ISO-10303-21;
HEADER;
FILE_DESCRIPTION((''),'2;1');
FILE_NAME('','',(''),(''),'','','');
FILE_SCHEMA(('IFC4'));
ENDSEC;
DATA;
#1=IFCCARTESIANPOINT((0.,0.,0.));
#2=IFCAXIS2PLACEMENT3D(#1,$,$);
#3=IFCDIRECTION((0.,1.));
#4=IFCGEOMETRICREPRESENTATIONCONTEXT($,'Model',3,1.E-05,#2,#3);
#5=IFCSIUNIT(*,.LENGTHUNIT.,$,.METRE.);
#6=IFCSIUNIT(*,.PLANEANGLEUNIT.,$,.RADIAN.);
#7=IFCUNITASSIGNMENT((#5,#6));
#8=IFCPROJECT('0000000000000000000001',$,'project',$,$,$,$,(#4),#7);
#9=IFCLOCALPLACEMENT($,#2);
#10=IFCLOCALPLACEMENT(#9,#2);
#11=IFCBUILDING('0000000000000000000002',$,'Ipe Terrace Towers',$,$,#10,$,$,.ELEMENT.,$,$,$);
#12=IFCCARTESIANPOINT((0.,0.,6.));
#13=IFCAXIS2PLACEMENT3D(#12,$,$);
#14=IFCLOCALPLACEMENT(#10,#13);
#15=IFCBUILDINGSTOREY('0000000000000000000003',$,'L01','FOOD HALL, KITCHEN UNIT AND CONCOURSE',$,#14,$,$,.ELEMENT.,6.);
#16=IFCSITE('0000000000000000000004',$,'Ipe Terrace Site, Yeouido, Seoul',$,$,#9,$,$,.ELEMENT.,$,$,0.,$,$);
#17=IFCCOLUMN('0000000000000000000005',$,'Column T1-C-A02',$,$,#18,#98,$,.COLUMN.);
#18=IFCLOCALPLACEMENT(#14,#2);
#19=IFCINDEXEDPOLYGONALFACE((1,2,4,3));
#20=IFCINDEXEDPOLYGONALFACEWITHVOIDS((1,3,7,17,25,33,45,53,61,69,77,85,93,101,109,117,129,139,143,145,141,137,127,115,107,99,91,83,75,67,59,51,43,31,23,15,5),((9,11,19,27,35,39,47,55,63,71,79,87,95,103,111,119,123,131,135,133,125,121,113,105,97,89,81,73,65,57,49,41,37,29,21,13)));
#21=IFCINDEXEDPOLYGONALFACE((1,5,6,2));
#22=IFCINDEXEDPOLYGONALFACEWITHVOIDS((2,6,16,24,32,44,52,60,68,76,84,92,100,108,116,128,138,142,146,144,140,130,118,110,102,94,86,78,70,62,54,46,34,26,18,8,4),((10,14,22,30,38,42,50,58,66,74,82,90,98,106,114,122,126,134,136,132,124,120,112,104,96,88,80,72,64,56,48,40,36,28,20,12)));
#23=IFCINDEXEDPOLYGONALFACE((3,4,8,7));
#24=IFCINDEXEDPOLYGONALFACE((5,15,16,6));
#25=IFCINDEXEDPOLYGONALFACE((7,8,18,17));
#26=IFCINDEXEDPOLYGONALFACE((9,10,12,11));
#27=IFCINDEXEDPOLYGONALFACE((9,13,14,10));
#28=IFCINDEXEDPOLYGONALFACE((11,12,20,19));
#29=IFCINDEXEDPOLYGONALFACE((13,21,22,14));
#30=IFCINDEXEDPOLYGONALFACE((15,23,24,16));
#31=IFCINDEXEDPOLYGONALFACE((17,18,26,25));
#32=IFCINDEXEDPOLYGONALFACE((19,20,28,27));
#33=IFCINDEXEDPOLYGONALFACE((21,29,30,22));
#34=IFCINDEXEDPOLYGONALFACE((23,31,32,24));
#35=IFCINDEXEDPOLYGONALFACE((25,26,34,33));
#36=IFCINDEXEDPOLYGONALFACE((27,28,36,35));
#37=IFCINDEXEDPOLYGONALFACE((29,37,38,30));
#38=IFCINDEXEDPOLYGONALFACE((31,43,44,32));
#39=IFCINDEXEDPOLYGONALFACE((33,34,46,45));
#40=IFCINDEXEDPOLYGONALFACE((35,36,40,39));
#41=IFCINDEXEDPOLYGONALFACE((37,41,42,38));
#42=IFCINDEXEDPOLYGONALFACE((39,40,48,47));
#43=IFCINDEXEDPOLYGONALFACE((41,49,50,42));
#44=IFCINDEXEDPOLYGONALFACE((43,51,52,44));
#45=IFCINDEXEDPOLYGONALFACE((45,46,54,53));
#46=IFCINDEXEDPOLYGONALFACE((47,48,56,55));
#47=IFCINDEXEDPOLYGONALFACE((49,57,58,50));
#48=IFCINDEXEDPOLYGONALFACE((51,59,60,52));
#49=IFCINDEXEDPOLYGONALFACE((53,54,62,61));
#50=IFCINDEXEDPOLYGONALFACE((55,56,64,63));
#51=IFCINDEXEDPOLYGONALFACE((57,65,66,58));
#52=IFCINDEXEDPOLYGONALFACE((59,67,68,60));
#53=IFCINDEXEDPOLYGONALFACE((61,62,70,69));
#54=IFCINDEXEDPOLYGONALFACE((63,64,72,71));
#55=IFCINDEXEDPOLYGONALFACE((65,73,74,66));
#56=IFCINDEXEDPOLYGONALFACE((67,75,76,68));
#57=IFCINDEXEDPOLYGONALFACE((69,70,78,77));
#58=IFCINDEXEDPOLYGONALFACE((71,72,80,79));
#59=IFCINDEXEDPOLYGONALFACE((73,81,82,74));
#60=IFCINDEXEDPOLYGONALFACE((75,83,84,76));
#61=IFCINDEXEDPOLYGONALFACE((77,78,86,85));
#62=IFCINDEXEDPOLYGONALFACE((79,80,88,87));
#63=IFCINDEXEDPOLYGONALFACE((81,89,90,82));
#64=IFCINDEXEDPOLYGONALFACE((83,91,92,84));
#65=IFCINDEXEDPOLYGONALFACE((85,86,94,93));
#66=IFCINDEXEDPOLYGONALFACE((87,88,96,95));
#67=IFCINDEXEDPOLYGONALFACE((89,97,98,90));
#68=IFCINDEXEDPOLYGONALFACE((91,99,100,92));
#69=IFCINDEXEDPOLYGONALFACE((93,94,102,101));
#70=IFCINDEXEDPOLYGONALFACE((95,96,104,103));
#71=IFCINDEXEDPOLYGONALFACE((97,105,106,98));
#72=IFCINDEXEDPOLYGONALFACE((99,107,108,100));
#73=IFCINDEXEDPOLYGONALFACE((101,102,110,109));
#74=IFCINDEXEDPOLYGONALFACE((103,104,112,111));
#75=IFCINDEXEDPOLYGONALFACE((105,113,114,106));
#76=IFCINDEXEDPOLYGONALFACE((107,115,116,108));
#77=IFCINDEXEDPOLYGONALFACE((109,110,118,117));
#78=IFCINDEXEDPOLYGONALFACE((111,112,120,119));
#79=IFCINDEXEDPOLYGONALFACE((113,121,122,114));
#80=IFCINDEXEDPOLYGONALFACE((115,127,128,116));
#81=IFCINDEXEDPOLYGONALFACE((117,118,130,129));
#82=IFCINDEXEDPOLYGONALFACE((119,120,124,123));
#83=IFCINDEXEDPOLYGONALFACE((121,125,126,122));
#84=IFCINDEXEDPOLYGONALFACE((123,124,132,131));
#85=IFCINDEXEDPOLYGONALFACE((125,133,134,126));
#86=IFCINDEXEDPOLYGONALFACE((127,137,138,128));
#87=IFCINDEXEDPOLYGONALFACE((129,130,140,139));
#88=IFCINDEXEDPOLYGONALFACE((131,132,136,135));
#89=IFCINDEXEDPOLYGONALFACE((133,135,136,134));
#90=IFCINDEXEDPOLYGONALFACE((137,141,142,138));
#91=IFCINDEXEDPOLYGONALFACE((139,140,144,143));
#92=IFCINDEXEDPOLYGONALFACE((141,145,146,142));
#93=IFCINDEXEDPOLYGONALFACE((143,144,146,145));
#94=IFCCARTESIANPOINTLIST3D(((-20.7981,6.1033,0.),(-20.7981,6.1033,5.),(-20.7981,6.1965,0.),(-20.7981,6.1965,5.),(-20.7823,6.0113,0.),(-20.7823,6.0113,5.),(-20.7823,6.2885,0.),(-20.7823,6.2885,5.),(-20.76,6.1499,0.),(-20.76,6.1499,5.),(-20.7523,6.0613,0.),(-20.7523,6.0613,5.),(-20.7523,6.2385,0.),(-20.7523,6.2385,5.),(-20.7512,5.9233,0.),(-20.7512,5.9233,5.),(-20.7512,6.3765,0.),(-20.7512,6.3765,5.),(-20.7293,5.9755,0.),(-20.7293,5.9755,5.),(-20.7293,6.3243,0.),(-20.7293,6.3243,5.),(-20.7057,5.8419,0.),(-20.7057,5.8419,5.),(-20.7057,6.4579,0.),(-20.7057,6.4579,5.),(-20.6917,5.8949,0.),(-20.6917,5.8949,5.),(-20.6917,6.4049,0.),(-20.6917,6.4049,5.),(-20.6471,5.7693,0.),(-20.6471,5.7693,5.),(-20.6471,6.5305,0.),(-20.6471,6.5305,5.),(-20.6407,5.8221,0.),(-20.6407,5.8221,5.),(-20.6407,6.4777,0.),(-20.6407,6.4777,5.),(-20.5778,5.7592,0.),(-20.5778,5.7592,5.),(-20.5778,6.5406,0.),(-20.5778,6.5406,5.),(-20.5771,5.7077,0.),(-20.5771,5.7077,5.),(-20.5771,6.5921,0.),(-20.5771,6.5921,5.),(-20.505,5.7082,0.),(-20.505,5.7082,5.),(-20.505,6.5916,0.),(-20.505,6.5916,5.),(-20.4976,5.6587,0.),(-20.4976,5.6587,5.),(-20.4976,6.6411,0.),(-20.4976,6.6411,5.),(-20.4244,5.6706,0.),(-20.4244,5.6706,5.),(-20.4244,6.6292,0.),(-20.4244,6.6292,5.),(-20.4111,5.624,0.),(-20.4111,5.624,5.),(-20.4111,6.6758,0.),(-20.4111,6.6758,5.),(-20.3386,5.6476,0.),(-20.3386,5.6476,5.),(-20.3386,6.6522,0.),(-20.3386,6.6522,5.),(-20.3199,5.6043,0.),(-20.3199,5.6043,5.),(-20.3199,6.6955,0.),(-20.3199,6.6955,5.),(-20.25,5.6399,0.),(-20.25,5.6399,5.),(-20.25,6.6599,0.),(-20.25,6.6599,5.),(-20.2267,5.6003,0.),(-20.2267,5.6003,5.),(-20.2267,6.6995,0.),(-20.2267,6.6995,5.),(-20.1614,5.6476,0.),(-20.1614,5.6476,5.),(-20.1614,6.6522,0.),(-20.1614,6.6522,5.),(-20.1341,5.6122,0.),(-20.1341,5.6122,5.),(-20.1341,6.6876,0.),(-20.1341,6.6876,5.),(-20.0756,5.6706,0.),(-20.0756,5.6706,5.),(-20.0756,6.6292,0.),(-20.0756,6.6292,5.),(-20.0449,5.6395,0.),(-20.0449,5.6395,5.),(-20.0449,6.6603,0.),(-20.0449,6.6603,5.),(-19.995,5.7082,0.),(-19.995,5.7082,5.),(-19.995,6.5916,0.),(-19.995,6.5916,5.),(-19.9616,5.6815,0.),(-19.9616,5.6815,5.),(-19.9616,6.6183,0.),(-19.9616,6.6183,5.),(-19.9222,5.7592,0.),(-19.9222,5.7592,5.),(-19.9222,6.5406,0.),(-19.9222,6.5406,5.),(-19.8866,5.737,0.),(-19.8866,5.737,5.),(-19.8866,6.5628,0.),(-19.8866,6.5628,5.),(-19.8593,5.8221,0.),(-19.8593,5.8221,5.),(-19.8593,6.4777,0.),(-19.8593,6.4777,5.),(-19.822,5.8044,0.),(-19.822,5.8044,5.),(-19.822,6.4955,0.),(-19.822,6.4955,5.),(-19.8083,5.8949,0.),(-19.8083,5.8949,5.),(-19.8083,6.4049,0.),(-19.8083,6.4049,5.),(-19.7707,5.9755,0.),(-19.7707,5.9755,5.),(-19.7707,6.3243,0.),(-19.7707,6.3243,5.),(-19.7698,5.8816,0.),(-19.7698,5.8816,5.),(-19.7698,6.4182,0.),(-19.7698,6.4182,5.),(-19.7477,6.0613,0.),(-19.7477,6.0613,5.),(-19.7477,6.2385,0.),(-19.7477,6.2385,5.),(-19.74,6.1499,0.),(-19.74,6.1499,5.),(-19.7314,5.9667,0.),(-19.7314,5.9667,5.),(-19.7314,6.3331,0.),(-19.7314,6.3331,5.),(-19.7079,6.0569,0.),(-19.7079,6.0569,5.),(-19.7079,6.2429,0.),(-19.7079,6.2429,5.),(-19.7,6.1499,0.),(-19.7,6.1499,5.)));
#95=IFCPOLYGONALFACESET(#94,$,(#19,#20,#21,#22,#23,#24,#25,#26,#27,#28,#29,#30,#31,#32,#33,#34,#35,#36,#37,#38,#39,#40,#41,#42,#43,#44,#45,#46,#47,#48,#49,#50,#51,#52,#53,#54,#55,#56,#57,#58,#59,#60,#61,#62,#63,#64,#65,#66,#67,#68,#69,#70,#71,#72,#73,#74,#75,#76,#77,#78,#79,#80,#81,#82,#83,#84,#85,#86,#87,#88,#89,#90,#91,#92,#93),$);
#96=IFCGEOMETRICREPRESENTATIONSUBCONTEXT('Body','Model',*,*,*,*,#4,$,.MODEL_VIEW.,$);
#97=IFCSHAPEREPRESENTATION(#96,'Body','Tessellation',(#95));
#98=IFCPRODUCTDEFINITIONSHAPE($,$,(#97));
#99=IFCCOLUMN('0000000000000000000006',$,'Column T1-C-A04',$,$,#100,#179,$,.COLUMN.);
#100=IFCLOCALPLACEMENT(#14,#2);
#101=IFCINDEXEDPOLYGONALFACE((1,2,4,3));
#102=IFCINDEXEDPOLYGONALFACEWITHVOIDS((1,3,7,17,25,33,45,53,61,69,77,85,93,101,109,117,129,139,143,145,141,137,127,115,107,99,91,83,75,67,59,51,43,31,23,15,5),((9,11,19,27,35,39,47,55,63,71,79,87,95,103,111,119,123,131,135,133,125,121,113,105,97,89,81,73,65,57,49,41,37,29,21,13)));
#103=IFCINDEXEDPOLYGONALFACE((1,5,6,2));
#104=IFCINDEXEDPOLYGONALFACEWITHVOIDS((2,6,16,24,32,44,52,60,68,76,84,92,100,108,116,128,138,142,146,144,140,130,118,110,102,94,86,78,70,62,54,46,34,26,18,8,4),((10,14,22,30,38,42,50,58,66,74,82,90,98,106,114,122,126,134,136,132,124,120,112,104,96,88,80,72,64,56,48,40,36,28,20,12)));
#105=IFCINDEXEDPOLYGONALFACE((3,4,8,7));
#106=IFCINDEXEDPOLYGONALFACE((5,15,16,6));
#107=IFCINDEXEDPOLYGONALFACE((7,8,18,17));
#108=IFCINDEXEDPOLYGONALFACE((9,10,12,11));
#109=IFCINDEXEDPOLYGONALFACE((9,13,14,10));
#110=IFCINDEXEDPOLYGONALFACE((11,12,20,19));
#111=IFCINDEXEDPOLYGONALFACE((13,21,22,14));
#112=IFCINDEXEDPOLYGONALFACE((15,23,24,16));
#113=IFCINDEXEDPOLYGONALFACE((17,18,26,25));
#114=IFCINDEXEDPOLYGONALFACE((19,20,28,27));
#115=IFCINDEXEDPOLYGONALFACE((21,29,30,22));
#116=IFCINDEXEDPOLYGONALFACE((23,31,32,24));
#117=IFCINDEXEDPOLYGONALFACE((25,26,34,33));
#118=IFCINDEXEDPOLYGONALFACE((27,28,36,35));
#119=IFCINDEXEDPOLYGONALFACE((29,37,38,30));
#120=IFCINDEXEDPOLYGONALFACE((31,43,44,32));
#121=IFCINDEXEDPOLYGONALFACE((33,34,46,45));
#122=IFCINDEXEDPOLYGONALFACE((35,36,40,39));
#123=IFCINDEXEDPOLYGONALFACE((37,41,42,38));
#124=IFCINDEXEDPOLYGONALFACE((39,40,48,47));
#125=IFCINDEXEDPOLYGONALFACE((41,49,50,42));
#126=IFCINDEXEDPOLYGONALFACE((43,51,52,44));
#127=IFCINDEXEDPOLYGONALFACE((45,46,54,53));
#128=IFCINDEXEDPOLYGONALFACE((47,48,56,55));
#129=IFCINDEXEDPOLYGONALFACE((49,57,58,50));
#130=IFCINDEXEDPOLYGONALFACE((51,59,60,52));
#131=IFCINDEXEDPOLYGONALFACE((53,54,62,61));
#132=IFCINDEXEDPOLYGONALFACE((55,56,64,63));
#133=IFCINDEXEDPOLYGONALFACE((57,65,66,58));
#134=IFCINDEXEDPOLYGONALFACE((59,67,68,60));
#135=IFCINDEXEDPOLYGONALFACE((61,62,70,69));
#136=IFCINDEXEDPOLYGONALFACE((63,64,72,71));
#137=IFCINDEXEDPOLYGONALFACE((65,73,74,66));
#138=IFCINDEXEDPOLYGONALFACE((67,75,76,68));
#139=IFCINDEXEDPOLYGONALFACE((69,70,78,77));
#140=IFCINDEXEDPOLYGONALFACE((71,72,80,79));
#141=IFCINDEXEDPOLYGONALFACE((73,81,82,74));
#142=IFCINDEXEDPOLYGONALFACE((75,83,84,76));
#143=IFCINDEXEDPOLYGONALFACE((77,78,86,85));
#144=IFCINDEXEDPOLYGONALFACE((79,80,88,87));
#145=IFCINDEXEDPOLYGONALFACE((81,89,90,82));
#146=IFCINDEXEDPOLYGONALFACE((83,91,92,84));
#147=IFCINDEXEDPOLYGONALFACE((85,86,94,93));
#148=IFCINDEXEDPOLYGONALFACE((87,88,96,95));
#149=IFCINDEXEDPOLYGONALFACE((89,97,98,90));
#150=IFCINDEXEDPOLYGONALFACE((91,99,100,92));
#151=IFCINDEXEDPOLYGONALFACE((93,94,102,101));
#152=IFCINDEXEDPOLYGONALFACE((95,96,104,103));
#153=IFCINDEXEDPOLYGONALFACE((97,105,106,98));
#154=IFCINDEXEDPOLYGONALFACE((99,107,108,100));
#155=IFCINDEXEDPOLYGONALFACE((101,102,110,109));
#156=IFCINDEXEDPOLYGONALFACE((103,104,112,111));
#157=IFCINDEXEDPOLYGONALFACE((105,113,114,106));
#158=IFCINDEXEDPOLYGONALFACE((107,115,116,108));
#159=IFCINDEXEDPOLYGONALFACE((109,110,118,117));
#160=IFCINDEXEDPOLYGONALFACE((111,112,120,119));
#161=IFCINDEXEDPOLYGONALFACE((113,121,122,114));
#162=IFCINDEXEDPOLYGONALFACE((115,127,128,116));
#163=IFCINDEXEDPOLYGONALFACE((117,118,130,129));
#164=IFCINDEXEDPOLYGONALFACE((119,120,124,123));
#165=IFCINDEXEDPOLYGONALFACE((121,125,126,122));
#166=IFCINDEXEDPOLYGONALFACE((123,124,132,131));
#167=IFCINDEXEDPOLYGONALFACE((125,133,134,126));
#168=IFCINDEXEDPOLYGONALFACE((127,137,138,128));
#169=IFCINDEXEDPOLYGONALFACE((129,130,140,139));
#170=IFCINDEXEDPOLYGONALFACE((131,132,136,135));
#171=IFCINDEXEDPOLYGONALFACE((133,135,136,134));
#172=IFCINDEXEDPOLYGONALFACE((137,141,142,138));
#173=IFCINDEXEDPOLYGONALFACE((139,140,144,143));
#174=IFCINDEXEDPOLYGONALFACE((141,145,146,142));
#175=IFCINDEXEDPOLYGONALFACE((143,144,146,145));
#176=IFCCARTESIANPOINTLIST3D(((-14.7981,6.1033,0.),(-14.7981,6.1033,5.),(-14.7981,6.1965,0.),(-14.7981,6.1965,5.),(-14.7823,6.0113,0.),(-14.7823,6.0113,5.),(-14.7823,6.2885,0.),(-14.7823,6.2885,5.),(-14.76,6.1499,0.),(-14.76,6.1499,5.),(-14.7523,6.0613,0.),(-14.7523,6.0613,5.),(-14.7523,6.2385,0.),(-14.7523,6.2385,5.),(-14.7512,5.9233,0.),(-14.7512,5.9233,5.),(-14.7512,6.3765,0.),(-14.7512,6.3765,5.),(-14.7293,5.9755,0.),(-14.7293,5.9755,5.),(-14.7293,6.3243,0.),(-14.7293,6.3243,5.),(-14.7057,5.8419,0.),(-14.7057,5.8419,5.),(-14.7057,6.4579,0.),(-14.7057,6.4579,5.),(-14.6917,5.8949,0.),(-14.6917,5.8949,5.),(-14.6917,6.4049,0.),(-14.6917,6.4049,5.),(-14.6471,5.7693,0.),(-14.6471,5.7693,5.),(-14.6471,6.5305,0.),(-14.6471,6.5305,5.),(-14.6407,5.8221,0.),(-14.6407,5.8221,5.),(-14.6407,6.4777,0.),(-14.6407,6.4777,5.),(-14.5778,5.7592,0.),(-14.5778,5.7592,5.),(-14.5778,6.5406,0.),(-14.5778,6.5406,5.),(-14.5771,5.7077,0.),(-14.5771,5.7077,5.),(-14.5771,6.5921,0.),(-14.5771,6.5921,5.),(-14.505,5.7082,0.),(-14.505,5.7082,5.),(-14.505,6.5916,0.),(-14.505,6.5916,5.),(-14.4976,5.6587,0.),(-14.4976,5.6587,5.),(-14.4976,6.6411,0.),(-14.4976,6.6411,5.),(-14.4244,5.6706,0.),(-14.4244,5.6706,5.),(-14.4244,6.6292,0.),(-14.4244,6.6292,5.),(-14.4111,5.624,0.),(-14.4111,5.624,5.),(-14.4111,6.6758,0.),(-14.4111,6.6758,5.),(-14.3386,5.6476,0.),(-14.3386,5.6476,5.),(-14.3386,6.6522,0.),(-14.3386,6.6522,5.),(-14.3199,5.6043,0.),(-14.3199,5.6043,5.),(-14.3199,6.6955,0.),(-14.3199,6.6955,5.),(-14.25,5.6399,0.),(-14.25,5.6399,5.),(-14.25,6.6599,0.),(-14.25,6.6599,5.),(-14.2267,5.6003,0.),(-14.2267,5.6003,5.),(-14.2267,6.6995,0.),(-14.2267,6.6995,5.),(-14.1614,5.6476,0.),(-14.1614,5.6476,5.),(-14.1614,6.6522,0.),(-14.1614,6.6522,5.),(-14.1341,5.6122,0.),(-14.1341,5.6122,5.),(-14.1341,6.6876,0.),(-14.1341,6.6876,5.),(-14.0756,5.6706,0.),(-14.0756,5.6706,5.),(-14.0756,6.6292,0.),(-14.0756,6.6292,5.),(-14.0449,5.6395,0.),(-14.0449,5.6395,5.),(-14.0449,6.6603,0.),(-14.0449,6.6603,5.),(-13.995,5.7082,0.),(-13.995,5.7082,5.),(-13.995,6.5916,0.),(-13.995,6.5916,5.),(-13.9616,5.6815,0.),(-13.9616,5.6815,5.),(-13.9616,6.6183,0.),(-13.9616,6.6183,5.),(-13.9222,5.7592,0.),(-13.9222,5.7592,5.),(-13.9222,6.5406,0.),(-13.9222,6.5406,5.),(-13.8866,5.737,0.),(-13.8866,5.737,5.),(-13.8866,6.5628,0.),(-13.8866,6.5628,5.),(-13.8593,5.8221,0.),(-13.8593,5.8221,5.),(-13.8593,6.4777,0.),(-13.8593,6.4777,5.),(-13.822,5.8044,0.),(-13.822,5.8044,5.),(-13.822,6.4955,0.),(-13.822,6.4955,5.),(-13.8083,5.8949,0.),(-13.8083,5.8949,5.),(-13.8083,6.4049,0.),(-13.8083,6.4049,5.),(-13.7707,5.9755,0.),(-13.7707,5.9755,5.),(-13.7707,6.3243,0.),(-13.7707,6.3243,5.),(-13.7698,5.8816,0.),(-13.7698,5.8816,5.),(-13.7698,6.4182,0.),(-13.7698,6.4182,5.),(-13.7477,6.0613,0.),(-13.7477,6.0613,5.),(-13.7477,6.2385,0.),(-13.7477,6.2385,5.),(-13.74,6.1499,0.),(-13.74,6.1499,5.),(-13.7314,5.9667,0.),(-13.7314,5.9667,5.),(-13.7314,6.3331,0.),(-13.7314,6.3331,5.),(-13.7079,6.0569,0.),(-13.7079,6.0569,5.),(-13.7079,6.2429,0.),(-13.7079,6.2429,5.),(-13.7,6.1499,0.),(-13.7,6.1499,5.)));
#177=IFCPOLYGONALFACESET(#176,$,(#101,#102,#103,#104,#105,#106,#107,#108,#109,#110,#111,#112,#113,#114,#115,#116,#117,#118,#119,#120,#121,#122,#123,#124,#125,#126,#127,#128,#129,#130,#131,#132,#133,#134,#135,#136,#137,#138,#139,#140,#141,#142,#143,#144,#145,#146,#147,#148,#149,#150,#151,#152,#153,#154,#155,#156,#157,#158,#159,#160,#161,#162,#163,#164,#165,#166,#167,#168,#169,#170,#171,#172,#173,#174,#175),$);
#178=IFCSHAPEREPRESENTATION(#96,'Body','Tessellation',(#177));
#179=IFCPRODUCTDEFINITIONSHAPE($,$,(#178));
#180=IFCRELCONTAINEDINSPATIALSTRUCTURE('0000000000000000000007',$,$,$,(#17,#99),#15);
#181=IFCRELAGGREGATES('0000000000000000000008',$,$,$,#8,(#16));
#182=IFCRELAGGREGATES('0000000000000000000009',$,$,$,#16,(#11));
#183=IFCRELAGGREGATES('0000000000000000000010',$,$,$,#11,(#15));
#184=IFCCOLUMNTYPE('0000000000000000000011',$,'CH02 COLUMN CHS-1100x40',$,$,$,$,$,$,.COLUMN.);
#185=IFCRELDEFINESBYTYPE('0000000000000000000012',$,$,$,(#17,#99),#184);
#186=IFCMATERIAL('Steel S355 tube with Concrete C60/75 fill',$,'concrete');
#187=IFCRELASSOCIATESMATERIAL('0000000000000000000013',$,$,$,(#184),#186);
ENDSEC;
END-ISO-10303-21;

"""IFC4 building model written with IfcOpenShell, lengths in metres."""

from ifc_helpers import new_model, si_unit, direction, frame, origin, origin_2d, place, context, subcontext, project, spatial, hollow_circle, extrude, material, material_profile, profile_set, type_object, element, save


model = new_model("IFC4")

# Units and contexts
model_context = context("Model", 3, precision=1e-05, world=origin(), true_north=direction((0.0, 1.0)))
body_context = subcontext(model_context, "Body", "Model", "MODEL_VIEW")
ifc_project = project(units=[si_unit("LENGTHUNIT", "METRE"), si_unit("PLANEANGLEUNIT", "RADIAN")], contexts=[model_context])

# Site, building, storey
site_placement = place(None, origin())
site = spatial("IfcSite", under=ifc_project, at=site_placement, Name="Ipe Terrace Site, Yeouido, Seoul", CompositionType="ELEMENT", RefElevation=0.0)
building_placement = place(site_placement, origin())
building = spatial("IfcBuilding", under=site, at=building_placement, Name="Ipe Terrace Towers", CompositionType="ELEMENT")
storey_placement = place(building_placement, frame((0.0, 0.0, 6.0)))
storey = spatial("IfcBuildingStorey", under=building, at=storey_placement, Name="L01", Description="FOOD HALL, KITCHEN UNIT AND CONCOURSE", CompositionType="ELEMENT", Elevation=6.0)

# Columns
ifc_material_1 = material(Name="Steel S355 tube with Concrete C60/75 fill", Category="concrete")
ifc_material_profile_1 = material_profile(ifc_material_1, hollow_circle(Radius=0.55, WallThickness=0.04, at=origin_2d()), Name="CHS-1100x40")
ifc_profile_set_1 = profile_set([ifc_material_profile_1], Name="Steel S355 tube with Concrete C60/75 fill")
column_type_1 = type_object("IfcColumnType", Name="CH02 COLUMN CHS-1100x40", PredefinedType="COLUMN", material=ifc_profile_set_1)
for number, where, z_axis, x_axis, name in (
    (1, (-20.25, 6.1499, 0.0), (0.0, 0.0, 1.0), (1.0, 0.0, 0.0), "Column T1-C-A02"),
    (2, (-14.25, 6.1499, 0.0), (0.0, 0.0, 1.0), (1.0, 0.0, 0.0), "Column T1-C-A04"),
):
    element("IfcColumn", number, at=place(storey_placement, frame(where, z_axis=z_axis, x_axis=x_axis)), inside=storey, type_object=column_type_1, Name=name, PredefinedType="COLUMN", context=body_context, shape_type="SweptSolid", body=[
        extrude(hollow_circle(Radius=0.55, WallThickness=0.04, at=origin_2d()), origin(), (0.0, 0.0, 1.0), 5.0),
    ])

save(model, "model.ifc")
